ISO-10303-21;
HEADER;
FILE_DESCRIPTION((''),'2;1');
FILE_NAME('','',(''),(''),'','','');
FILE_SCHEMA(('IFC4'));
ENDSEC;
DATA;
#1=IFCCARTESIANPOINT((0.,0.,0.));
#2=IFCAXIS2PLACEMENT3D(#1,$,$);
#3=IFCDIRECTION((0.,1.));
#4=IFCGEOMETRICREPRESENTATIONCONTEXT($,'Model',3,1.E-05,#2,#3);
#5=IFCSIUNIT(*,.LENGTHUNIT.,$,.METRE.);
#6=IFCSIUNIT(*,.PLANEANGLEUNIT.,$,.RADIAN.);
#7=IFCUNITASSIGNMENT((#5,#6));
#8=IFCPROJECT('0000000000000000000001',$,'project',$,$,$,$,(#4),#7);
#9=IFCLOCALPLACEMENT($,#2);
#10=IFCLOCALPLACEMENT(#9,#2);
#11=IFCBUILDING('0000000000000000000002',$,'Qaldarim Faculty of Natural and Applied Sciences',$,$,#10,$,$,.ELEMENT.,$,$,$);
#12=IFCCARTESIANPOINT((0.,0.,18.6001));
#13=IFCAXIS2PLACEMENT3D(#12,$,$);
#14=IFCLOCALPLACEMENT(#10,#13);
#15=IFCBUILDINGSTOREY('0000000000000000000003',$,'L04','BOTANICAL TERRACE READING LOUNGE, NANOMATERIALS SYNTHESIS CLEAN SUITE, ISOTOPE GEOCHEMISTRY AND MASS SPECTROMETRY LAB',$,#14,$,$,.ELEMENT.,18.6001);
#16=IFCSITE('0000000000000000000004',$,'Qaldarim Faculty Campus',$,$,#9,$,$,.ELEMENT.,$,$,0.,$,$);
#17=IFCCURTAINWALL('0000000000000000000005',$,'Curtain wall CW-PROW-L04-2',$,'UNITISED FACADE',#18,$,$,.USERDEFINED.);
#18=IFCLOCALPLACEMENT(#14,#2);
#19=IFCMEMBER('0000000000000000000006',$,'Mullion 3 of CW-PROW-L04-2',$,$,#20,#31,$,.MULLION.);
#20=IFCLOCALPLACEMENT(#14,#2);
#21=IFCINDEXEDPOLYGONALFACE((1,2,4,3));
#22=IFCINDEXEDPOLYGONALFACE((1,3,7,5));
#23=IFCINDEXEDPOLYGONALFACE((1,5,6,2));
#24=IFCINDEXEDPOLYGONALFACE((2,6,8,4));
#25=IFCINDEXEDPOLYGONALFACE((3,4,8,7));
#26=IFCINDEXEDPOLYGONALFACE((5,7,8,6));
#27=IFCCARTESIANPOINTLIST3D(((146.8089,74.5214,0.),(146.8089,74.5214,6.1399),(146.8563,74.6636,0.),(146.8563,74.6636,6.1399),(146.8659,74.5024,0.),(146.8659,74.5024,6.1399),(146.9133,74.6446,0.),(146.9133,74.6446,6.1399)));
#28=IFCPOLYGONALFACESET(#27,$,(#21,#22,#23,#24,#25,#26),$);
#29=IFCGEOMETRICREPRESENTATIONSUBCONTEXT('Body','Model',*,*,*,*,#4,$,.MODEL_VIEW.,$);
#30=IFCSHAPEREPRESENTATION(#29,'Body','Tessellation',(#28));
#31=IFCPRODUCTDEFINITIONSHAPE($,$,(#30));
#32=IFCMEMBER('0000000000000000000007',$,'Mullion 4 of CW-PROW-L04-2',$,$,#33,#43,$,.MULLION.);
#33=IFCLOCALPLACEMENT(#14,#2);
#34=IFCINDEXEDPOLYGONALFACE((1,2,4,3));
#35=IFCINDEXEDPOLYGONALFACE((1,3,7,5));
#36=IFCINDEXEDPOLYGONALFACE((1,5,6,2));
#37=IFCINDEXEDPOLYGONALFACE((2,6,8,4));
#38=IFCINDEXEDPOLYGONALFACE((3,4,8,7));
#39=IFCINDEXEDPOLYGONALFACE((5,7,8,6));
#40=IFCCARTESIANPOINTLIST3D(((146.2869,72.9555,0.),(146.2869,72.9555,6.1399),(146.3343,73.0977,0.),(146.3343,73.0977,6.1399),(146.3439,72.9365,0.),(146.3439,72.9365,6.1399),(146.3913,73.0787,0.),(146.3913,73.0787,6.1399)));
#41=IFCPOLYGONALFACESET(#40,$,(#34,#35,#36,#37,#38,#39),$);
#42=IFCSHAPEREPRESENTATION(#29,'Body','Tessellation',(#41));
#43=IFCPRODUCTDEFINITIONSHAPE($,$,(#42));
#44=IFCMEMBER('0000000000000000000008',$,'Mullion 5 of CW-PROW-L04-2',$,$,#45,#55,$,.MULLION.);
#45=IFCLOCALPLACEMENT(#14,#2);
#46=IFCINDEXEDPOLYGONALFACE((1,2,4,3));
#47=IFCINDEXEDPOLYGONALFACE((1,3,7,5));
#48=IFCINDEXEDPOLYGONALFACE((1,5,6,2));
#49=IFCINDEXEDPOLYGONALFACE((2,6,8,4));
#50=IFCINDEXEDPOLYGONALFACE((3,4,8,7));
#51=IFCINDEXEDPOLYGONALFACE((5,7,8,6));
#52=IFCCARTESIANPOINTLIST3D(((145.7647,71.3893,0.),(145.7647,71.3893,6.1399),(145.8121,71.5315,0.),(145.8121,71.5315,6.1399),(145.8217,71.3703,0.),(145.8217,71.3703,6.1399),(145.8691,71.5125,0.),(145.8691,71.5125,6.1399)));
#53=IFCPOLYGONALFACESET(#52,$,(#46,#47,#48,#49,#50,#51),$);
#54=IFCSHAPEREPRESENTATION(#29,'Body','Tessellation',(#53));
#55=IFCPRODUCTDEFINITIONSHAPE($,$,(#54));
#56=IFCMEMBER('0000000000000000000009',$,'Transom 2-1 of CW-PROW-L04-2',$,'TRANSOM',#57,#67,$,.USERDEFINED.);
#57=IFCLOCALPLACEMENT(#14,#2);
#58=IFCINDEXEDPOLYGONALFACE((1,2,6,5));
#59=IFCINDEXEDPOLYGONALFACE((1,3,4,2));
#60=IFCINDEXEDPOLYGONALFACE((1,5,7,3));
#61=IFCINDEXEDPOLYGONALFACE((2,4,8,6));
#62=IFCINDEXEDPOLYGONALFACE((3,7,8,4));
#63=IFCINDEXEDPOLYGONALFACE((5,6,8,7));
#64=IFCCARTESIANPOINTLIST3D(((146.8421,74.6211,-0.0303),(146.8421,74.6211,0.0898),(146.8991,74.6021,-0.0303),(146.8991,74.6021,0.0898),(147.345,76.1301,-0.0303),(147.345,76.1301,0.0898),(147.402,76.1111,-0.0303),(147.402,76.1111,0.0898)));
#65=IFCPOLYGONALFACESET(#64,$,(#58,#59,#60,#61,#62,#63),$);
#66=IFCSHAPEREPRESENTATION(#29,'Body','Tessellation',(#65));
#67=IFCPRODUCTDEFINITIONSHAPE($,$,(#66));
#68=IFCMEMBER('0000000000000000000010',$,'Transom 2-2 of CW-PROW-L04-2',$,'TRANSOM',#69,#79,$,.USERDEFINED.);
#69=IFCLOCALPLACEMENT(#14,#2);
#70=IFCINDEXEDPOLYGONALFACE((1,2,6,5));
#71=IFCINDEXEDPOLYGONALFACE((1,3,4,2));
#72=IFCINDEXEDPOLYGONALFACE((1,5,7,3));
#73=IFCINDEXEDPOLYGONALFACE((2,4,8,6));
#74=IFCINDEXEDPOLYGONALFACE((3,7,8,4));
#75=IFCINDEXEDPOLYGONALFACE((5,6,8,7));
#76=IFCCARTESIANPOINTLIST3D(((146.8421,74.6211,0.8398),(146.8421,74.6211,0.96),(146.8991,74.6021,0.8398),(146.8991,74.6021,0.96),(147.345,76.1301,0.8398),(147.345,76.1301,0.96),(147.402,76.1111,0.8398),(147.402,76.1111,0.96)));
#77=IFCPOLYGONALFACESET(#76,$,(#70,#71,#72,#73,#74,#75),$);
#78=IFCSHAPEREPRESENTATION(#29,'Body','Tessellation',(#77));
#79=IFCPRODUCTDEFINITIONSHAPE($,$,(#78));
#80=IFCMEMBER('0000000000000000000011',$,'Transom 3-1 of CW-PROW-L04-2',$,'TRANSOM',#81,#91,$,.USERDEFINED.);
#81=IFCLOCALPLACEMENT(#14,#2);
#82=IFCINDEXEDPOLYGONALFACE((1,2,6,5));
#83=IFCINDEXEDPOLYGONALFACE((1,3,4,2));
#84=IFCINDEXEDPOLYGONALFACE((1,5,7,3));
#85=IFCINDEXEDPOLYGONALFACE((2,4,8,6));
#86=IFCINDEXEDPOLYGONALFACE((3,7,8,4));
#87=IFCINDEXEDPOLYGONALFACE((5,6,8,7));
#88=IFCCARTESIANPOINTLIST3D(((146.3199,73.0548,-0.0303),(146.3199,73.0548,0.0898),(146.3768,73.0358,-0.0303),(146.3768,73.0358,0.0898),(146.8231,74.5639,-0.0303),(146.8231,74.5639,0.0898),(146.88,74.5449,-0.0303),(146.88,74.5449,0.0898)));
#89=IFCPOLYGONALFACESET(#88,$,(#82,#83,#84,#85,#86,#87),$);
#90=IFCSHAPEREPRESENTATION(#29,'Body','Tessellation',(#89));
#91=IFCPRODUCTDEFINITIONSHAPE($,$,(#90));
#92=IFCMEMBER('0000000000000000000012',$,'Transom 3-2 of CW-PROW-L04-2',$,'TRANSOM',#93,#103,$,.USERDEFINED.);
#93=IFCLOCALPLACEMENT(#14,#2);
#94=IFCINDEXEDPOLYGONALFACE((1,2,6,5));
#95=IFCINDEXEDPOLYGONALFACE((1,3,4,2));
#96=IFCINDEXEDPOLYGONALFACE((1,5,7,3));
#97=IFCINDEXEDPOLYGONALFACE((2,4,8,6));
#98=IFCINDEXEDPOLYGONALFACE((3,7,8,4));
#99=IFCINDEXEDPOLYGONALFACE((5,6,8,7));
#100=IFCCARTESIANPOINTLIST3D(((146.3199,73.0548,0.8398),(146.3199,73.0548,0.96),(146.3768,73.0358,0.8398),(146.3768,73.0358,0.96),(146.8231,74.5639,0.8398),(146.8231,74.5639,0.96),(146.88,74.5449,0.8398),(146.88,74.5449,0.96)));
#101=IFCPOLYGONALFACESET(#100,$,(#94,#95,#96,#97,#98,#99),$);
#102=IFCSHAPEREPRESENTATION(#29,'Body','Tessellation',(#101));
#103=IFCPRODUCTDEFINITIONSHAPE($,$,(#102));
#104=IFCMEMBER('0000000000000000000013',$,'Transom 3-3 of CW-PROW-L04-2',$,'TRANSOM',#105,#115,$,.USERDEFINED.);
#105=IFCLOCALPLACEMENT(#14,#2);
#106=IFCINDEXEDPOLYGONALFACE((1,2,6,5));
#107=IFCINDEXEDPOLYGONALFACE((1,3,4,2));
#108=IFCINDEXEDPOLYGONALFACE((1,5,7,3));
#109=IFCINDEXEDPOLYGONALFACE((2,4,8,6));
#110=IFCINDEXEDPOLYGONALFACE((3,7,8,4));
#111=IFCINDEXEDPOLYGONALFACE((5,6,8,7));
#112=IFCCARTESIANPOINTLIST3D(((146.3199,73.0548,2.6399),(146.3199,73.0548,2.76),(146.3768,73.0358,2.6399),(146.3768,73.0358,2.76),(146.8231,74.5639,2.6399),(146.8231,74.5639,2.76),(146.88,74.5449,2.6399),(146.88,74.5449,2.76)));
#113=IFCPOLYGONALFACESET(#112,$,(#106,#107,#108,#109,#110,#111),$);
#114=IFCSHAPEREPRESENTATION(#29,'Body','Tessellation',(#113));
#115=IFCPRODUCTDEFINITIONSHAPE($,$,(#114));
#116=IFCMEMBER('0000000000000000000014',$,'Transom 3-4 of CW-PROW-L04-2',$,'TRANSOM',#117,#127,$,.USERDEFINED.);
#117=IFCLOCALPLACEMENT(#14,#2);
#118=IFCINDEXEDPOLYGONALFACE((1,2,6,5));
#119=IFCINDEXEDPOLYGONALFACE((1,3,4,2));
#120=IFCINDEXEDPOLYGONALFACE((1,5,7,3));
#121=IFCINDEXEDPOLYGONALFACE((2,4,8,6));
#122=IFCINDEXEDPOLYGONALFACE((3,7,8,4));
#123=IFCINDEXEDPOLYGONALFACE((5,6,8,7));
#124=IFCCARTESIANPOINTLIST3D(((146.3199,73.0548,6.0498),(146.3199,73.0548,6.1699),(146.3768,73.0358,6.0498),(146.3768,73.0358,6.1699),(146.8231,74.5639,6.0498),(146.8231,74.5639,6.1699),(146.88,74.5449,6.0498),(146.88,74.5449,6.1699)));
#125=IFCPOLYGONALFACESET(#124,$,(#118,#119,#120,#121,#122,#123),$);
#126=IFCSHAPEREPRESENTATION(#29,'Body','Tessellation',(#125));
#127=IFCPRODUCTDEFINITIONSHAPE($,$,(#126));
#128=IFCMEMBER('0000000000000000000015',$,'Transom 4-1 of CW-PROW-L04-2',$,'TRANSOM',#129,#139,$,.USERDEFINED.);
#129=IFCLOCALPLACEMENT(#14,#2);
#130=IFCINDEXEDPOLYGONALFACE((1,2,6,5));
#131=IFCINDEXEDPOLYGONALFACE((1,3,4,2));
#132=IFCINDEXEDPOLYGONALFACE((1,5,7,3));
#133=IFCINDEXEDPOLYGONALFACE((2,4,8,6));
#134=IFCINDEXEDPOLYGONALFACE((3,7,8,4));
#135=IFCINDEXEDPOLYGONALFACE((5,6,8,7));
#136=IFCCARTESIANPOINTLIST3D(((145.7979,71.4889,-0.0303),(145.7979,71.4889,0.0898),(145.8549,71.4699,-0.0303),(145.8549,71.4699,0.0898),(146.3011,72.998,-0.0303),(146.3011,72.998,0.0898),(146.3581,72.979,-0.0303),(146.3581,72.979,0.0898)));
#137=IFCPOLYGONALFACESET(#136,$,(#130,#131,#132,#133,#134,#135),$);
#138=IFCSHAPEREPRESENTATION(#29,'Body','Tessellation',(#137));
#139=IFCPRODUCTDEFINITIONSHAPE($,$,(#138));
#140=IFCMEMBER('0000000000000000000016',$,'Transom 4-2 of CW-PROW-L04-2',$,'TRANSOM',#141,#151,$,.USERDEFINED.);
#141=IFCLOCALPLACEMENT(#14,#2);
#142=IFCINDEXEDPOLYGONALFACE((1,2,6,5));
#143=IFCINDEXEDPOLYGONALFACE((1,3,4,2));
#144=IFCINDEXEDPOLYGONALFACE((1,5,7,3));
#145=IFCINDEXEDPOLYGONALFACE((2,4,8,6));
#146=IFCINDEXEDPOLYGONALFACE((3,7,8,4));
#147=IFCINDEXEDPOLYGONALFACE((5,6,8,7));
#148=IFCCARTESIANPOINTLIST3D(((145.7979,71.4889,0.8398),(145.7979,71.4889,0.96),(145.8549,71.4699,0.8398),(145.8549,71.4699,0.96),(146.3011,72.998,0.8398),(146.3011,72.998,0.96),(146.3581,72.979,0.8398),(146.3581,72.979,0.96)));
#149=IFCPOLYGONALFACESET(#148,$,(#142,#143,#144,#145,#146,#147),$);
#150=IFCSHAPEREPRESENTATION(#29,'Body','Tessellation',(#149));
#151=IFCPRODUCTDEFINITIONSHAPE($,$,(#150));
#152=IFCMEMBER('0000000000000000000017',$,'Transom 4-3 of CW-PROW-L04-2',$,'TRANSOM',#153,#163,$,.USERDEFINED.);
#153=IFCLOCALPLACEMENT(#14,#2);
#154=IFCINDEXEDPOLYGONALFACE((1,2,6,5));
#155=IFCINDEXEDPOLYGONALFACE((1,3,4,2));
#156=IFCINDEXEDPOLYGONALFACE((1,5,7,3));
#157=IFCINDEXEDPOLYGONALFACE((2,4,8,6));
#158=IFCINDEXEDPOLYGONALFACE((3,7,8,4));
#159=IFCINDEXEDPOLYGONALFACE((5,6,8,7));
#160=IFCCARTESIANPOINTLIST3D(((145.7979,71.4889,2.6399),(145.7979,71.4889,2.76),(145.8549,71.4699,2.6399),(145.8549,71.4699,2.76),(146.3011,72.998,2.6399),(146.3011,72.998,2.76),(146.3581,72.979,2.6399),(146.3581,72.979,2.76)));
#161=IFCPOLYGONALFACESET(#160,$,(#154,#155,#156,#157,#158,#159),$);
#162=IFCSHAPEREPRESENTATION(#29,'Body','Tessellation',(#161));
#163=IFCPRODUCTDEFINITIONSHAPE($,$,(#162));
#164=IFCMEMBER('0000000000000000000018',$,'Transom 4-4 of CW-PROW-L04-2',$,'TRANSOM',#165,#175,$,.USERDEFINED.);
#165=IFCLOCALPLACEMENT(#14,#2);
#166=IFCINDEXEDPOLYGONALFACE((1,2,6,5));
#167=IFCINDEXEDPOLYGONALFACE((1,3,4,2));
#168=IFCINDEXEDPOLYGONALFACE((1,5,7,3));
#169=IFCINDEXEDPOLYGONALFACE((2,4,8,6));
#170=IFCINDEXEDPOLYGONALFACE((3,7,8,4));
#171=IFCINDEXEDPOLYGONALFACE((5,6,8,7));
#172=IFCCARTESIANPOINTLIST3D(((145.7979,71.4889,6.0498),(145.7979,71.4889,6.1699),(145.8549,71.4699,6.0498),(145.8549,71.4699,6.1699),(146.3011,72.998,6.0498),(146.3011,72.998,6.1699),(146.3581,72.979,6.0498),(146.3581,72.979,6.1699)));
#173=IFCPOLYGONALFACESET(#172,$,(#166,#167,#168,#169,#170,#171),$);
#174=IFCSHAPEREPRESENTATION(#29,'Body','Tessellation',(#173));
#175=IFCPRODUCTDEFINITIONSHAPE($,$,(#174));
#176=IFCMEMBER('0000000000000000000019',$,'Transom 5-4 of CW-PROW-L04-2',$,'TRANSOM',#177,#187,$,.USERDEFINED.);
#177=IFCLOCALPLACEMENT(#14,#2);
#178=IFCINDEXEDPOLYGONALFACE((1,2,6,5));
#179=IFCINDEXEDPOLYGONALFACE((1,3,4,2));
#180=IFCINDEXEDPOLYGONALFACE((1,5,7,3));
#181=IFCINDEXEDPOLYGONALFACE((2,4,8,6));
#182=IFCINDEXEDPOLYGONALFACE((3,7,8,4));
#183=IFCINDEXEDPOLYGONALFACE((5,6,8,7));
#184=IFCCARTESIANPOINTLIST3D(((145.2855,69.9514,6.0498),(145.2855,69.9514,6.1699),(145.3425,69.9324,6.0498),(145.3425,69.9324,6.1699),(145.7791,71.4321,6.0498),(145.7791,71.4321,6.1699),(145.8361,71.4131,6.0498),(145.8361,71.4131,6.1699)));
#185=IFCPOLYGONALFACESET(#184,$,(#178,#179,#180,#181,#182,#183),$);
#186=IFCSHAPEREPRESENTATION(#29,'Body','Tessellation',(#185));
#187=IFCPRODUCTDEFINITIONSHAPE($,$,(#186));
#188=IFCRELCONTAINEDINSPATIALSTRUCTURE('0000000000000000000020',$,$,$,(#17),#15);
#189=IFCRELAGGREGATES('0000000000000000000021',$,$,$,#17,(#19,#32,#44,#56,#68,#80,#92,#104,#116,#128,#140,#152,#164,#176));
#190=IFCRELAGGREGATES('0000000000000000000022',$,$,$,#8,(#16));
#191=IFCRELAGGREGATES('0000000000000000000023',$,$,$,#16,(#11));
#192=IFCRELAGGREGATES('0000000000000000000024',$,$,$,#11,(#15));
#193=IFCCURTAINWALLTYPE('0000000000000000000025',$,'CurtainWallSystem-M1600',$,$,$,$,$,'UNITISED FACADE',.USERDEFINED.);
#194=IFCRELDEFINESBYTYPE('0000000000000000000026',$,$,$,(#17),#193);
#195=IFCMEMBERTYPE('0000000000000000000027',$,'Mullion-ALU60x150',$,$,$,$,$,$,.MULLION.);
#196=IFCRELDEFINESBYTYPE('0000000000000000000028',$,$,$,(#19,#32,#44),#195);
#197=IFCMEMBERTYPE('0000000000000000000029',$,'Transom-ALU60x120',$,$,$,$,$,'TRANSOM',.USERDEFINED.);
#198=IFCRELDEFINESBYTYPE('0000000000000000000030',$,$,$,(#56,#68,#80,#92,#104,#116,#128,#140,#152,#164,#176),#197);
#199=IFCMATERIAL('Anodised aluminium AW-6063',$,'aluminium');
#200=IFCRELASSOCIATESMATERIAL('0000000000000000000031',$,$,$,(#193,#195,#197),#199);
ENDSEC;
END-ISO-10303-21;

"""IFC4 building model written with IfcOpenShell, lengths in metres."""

from ifc_helpers import new_model, si_unit, direction, frame, origin, origin_2d, place, context, subcontext, project, spatial, rectangle, extrude, material, material_profile, profile_set, type_object, element, aggregate, save


model = new_model("IFC4")

# Units and contexts
model_context = context("Model", 3, precision=1e-05, world=origin(), true_north=direction((0.0, 1.0)))
body_context = subcontext(model_context, "Body", "Model", "MODEL_VIEW")
ifc_project = project(units=[si_unit("LENGTHUNIT", "METRE"), si_unit("PLANEANGLEUNIT", "RADIAN")], contexts=[model_context])

# Site, building, storey
site_placement = place(None, origin())
site = spatial("IfcSite", under=ifc_project, at=site_placement, Name="Qaldarim Faculty Campus", CompositionType="ELEMENT", RefElevation=0.0)
building_placement = place(site_placement, origin())
building = spatial("IfcBuilding", under=site, at=building_placement, Name="Qaldarim Faculty of Natural and Applied Sciences", CompositionType="ELEMENT")
storey_placement = place(building_placement, frame((0.0, 0.0, 18.6001)))
storey = spatial("IfcBuildingStorey", under=building, at=storey_placement, Name="L04", Description="BOTANICAL TERRACE READING LOUNGE, NANOMATERIALS SYNTHESIS CLEAN SUITE, ISOTOPE GEOCHEMISTRY AND MASS SPECTROMETRY LAB", CompositionType="ELEMENT", Elevation=18.6001)

# Curtain wall, members
ifc_material_1 = material(Name="Anodised aluminium AW-6063", Category="aluminium")
curtain_wall_type = type_object("IfcCurtainWallType", Name="CurtainWallSystem-M1600", ElementType="UNITISED FACADE", PredefinedType="USERDEFINED", material=ifc_material_1)
curtain_wall_placement = place(storey_placement, origin())
curtain_wall = element("IfcCurtainWall", 1, at=curtain_wall_placement, inside=storey, type_object=curtain_wall_type, Name="Curtain wall CW-PROW-L04-2", ObjectType="UNITISED FACADE", PredefinedType="USERDEFINED")
ifc_material_profile_1 = material_profile(ifc_material_1, rectangle(XDim=0.0601, YDim=0.1499, at=origin_2d()), Name="ALU-M60x150")
ifc_profile_set_1 = profile_set([ifc_material_profile_1], Name="Anodised aluminium AW-6063")
member_type_1 = type_object("IfcMemberType", Name="Mullion-ALU60x150", PredefinedType="MULLION", material=ifc_profile_set_1)
member_1_placement = place(storey_placement, frame((146.8611, 74.583, 0.0), z_axis=(0.0, 0.0, 1.0), x_axis=(0.948683, -0.316229, 0.0)))
member_1 = element("IfcMember", 2, at=member_1_placement, type_object=member_type_1, Name="Mullion 3 of CW-PROW-L04-2", PredefinedType="MULLION", context=body_context, shape_type="SweptSolid", body=[
    extrude(rectangle(XDim=0.0601, YDim=0.1499, at=origin_2d()), origin(), (0.0, 0.0, 1.0), 6.1399),
])
member_2_placement = place(storey_placement, frame((146.3391, 73.0171, 0.0), z_axis=(0.0, 0.0, 1.0), x_axis=(0.948683, -0.316229, 0.0)))
member_2 = element("IfcMember", 3, at=member_2_placement, type_object=member_type_1, Name="Mullion 4 of CW-PROW-L04-2", PredefinedType="MULLION", context=body_context, shape_type="SweptSolid", body=[
    extrude(rectangle(XDim=0.0601, YDim=0.1499, at=origin_2d()), origin(), (0.0, 0.0, 1.0), 6.1399),
])
member_3_placement = place(storey_placement, frame((145.8169, 71.4509, 0.0), z_axis=(0.0, 0.0, 1.0), x_axis=(0.948683, -0.316229, 0.0)))
member_3 = element("IfcMember", 4, at=member_3_placement, type_object=member_type_1, Name="Mullion 5 of CW-PROW-L04-2", PredefinedType="MULLION", context=body_context, shape_type="SweptSolid", body=[
    extrude(rectangle(XDim=0.0601, YDim=0.1499, at=origin_2d()), origin(), (0.0, 0.0, 1.0), 6.1399),
])
ifc_material_profile_2 = material_profile(ifc_material_1, rectangle(XDim=0.0601, YDim=0.1201, at=origin_2d()), Name="ALU-T60x120")
ifc_profile_set_2 = profile_set([ifc_material_profile_2], Name="Anodised aluminium AW-6063")
member_type_2 = type_object("IfcMemberType", Name="Transom-ALU60x120", ElementType="TRANSOM", PredefinedType="USERDEFINED", material=ifc_profile_set_2)
member_4_placement = place(storey_placement, frame((147.3735, 76.1206, 0.0298), z_axis=(-0.316182, -0.948699, 0.0), x_axis=(0.948699, -0.316182, 0.0)))
member_4 = element("IfcMember", 5, at=member_4_placement, type_object=member_type_2, Name="Transom 2-1 of CW-PROW-L04-2", ObjectType="TRANSOM", PredefinedType="USERDEFINED", context=body_context, shape_type="SweptSolid", body=[
    extrude(rectangle(XDim=0.0601, YDim=0.1201, at=origin_2d()), origin(), (0.0, 0.0, 1.0), 1.5906),
])
member_5_placement = place(storey_placement, frame((147.3735, 76.1206, 0.8999), z_axis=(-0.316182, -0.948699, 0.0), x_axis=(0.948699, -0.316182, 0.0)))
member_5 = element("IfcMember", 6, at=member_5_placement, type_object=member_type_2, Name="Transom 2-2 of CW-PROW-L04-2", ObjectType="TRANSOM", PredefinedType="USERDEFINED", context=body_context, shape_type="SweptSolid", body=[
    extrude(rectangle(XDim=0.0601, YDim=0.1201, at=origin_2d()), origin(), (0.0, 0.0, 1.0), 1.5906),
])
member_6_placement = place(storey_placement, frame((146.8516, 74.5544, 0.0298), z_axis=(-0.31632, -0.948653, 0.0), x_axis=(0.948653, -0.31632, 0.0)))
member_6 = element("IfcMember", 7, at=member_6_placement, type_object=member_type_2, Name="Transom 3-1 of CW-PROW-L04-2", ObjectType="TRANSOM", PredefinedType="USERDEFINED", context=body_context, shape_type="SweptSolid", body=[
    extrude(rectangle(XDim=0.0601, YDim=0.1201, at=origin_2d()), origin(), (0.0, 0.0, 1.0), 1.5908),
])
member_7_placement = place(storey_placement, frame((146.8516, 74.5544, 0.8999), z_axis=(-0.31632, -0.948653, 0.0), x_axis=(0.948653, -0.31632, 0.0)))
member_7 = element("IfcMember", 8, at=member_7_placement, type_object=member_type_2, Name="Transom 3-2 of CW-PROW-L04-2", ObjectType="TRANSOM", PredefinedType="USERDEFINED", context=body_context, shape_type="SweptSolid", body=[
    extrude(rectangle(XDim=0.0601, YDim=0.1201, at=origin_2d()), origin(), (0.0, 0.0, 1.0), 1.5908),
])
member_8_placement = place(storey_placement, frame((146.8516, 74.5544, 2.7), z_axis=(-0.31632, -0.948653, 0.0), x_axis=(0.948653, -0.31632, 0.0)))
member_8 = element("IfcMember", 9, at=member_8_placement, type_object=member_type_2, Name="Transom 3-3 of CW-PROW-L04-2", ObjectType="TRANSOM", PredefinedType="USERDEFINED", context=body_context, shape_type="SweptSolid", body=[
    extrude(rectangle(XDim=0.0601, YDim=0.1201, at=origin_2d()), origin(), (0.0, 0.0, 1.0), 1.5908),
])
member_9_placement = place(storey_placement, frame((146.8516, 74.5544, 6.1099), z_axis=(-0.31632, -0.948653, 0.0), x_axis=(0.948653, -0.31632, 0.0)))
member_9 = element("IfcMember", 10, at=member_9_placement, type_object=member_type_2, Name="Transom 3-4 of CW-PROW-L04-2", ObjectType="TRANSOM", PredefinedType="USERDEFINED", context=body_context, shape_type="SweptSolid", body=[
    extrude(rectangle(XDim=0.0601, YDim=0.1201, at=origin_2d()), origin(), (0.0, 0.0, 1.0), 1.5908),
])
member_10_placement = place(storey_placement, frame((146.3296, 72.9885, 0.0298), z_axis=(-0.31632, -0.948653, 0.0), x_axis=(0.948653, -0.31632, 0.0)))
member_10 = element("IfcMember", 11, at=member_10_placement, type_object=member_type_2, Name="Transom 4-1 of CW-PROW-L04-2", ObjectType="TRANSOM", PredefinedType="USERDEFINED", context=body_context, shape_type="SweptSolid", body=[
    extrude(rectangle(XDim=0.0601, YDim=0.1201, at=origin_2d()), origin(), (0.0, 0.0, 1.0), 1.5908),
])
member_11_placement = place(storey_placement, frame((146.3296, 72.9885, 0.8999), z_axis=(-0.31632, -0.948653, 0.0), x_axis=(0.948653, -0.31632, 0.0)))
member_11 = element("IfcMember", 12, at=member_11_placement, type_object=member_type_2, Name="Transom 4-2 of CW-PROW-L04-2", ObjectType="TRANSOM", PredefinedType="USERDEFINED", context=body_context, shape_type="SweptSolid", body=[
    extrude(rectangle(XDim=0.0601, YDim=0.1201, at=origin_2d()), origin(), (0.0, 0.0, 1.0), 1.5908),
])
member_12_placement = place(storey_placement, frame((146.3296, 72.9885, 2.7), z_axis=(-0.31632, -0.948653, 0.0), x_axis=(0.948653, -0.31632, 0.0)))
member_12 = element("IfcMember", 13, at=member_12_placement, type_object=member_type_2, Name="Transom 4-3 of CW-PROW-L04-2", ObjectType="TRANSOM", PredefinedType="USERDEFINED", context=body_context, shape_type="SweptSolid", body=[
    extrude(rectangle(XDim=0.0601, YDim=0.1201, at=origin_2d()), origin(), (0.0, 0.0, 1.0), 1.5908),
])
member_13_placement = place(storey_placement, frame((146.3296, 72.9885, 6.1099), z_axis=(-0.31632, -0.948653, 0.0), x_axis=(0.948653, -0.31632, 0.0)))
member_13 = element("IfcMember", 14, at=member_13_placement, type_object=member_type_2, Name="Transom 4-4 of CW-PROW-L04-2", ObjectType="TRANSOM", PredefinedType="USERDEFINED", context=body_context, shape_type="SweptSolid", body=[
    extrude(rectangle(XDim=0.0601, YDim=0.1201, at=origin_2d()), origin(), (0.0, 0.0, 1.0), 1.5908),
])
member_14_placement = place(storey_placement, frame((145.8076, 71.4226, 6.1099), z_axis=(-0.316275, -0.948668, 0.0), x_axis=(0.948668, -0.316275, 0.0)))
member_14 = element("IfcMember", 15, at=member_14_placement, type_object=member_type_2, Name="Transom 5-4 of CW-PROW-L04-2", ObjectType="TRANSOM", PredefinedType="USERDEFINED", context=body_context, shape_type="SweptSolid", body=[
    extrude(rectangle(XDim=0.0601, YDim=0.1201, at=origin_2d()), origin(), (0.0, 0.0, 1.0), 1.5608),
])
aggregate(curtain_wall, [member_1, member_2, member_3, member_4, member_5, member_6, member_7, member_8, member_9, member_10, member_11, member_12, member_13, member_14])

save(model, "model.ifc")
